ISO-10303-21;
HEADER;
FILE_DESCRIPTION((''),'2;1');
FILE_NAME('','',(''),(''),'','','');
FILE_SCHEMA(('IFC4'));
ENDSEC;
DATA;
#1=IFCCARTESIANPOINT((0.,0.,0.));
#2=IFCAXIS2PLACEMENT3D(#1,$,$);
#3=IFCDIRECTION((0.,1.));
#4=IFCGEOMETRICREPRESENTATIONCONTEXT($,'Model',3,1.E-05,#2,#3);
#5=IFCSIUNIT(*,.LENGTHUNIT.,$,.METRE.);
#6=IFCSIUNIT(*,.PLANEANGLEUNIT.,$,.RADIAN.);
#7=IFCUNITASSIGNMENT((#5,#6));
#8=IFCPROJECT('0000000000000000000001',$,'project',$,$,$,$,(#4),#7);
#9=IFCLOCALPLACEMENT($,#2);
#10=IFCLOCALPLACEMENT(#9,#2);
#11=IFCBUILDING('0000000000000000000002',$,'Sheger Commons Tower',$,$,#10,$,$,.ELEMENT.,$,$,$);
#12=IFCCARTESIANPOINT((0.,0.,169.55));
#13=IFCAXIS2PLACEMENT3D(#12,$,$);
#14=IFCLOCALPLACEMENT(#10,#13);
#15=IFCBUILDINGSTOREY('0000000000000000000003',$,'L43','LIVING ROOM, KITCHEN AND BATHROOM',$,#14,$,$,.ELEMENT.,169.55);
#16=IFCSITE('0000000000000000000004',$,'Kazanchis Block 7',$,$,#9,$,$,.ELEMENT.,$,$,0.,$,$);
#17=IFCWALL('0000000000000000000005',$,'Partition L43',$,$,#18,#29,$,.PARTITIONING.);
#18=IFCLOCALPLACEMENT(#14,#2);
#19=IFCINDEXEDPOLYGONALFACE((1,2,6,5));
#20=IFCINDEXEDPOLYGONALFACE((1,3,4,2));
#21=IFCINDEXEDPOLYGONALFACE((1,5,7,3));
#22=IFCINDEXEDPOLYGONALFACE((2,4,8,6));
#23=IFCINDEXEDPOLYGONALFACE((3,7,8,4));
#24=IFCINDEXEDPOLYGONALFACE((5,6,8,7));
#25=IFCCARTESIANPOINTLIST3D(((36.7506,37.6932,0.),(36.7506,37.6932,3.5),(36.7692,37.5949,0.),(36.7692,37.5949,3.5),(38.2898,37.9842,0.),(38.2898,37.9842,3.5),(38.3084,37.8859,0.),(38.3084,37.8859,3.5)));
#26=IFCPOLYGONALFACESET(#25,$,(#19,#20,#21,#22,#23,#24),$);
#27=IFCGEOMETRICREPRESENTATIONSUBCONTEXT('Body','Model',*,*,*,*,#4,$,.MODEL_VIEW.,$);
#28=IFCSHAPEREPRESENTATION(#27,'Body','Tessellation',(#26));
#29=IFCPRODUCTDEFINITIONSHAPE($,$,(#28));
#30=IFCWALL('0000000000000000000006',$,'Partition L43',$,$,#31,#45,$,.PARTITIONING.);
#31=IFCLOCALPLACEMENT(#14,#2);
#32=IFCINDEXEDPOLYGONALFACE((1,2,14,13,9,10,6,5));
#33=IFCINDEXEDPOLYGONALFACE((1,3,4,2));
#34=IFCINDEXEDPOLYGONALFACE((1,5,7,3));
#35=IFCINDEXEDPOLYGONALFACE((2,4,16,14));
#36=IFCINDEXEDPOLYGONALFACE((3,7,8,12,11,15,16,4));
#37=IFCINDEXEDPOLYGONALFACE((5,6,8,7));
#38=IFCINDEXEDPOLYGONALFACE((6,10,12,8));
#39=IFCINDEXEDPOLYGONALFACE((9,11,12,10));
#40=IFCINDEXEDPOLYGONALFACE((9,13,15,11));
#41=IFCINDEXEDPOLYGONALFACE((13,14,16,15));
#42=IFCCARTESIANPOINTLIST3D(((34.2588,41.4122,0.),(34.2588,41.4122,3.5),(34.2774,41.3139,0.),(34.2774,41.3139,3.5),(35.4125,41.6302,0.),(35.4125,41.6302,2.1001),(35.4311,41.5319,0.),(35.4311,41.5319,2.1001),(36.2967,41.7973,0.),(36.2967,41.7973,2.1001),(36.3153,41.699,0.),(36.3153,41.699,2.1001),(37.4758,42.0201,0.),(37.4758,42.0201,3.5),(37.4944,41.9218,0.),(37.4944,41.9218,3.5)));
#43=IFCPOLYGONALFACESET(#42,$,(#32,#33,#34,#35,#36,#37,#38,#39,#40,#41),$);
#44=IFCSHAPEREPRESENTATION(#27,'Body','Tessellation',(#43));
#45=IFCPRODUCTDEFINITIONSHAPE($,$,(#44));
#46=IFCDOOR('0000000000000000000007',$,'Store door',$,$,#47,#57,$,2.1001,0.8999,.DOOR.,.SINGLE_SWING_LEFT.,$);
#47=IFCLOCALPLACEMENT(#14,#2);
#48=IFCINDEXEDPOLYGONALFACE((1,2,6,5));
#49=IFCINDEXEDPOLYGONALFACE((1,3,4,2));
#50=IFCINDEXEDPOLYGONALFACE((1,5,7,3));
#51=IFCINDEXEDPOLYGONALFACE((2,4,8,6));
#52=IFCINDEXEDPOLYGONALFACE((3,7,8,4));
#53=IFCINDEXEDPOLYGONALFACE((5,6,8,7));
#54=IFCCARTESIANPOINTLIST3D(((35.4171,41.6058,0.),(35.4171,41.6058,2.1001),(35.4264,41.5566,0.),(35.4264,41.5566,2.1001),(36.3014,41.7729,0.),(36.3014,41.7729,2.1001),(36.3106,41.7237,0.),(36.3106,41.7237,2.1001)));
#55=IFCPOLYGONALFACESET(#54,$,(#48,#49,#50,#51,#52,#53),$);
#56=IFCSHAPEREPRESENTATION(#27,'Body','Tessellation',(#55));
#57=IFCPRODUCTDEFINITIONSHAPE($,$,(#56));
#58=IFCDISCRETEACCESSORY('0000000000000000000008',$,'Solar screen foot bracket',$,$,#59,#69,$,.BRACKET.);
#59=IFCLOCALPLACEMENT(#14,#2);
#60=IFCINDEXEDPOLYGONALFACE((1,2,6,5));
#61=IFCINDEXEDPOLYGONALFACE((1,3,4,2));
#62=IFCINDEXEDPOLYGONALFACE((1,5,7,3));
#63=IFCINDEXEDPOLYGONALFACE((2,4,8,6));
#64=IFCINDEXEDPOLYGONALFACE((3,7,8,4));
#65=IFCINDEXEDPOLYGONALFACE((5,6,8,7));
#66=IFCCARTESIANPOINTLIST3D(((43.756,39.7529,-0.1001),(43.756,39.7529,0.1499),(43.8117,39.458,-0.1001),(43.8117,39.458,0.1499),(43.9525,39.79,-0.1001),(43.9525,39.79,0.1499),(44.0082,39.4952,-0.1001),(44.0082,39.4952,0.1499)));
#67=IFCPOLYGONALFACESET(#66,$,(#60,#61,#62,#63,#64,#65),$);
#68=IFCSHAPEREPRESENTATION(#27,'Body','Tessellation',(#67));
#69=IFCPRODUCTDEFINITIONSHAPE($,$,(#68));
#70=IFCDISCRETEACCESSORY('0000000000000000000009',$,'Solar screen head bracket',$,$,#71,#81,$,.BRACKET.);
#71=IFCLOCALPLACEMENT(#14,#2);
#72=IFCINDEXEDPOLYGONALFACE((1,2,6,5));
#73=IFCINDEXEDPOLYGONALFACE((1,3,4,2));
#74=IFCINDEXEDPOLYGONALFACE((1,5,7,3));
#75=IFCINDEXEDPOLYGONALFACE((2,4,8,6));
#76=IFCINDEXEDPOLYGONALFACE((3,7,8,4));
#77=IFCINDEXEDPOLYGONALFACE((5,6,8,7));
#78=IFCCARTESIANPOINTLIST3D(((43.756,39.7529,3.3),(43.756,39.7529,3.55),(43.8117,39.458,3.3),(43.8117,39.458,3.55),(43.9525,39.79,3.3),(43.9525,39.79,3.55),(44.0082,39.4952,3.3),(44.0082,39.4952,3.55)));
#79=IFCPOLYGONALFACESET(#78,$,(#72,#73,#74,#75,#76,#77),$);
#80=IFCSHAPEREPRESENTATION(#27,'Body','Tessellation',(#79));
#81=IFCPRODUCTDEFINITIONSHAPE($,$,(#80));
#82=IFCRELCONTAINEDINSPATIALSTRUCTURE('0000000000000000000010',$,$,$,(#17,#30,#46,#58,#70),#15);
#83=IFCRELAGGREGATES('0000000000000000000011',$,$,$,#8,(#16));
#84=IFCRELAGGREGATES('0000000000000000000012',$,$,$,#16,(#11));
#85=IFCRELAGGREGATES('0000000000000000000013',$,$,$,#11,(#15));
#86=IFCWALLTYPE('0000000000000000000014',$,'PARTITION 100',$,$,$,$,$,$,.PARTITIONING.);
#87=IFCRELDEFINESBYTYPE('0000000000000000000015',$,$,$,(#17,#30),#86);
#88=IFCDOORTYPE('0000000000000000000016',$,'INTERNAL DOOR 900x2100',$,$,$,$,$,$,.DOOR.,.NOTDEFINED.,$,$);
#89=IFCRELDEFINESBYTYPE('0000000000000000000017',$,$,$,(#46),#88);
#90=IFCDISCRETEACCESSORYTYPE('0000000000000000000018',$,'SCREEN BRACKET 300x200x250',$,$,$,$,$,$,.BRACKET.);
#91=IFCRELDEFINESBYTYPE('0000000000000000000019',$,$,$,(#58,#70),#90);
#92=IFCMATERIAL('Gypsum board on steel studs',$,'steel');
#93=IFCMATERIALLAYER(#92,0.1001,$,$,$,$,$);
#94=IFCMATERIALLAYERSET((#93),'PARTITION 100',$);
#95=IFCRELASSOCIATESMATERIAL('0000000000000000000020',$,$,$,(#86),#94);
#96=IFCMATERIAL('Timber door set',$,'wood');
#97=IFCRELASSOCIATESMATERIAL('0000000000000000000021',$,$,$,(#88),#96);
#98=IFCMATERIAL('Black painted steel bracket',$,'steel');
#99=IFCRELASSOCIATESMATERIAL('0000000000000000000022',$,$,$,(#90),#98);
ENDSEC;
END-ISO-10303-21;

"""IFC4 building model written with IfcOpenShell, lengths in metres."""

from ifc_helpers import new_model, si_unit, direction, frame, frame_2d, origin, origin_2d, place, context, subcontext, project, spatial, rectangle, extrude, material, layer, layer_set, type_object, element, fill, save


model = new_model("IFC4")

# Units and contexts
model_context = context("Model", 3, precision=1e-05, world=origin(), true_north=direction((0.0, 1.0)))
body_context = subcontext(model_context, "Body", "Model", "MODEL_VIEW")
ifc_project = project(units=[si_unit("LENGTHUNIT", "METRE"), si_unit("PLANEANGLEUNIT", "RADIAN")], contexts=[model_context])

# Site, building, storey
site_placement = place(None, origin())
site = spatial("IfcSite", under=ifc_project, at=site_placement, Name="Kazanchis Block 7", CompositionType="ELEMENT", RefElevation=0.0)
building_placement = place(site_placement, origin())
building = spatial("IfcBuilding", under=site, at=building_placement, Name="Sheger Commons Tower", CompositionType="ELEMENT")
storey_placement = place(building_placement, frame((0.0, 0.0, 169.55)))
storey = spatial("IfcBuildingStorey", under=building, at=storey_placement, Name="L43", Description="LIVING ROOM, KITCHEN AND BATHROOM", CompositionType="ELEMENT", Elevation=169.55)

# Shared definitions
ifc_material_1 = material(Name="Gypsum board on steel studs", Category="steel")
ifc_layer_1 = layer(ifc_material_1, 0.1001)
ifc_layer_set_1 = layer_set([ifc_layer_1], Name="PARTITION 100")
wall_type = type_object("IfcWallType", Name="PARTITION 100", PredefinedType="PARTITIONING", material=ifc_layer_set_1)

# Shared definitions
ifc_material_2 = material(Name="Timber door set", Category="wood")
door_type = type_object("IfcDoorType", Name="INTERNAL DOOR 900x2100", OperationType="NOTDEFINED", PredefinedType="DOOR", material=ifc_material_2)

# Wall
wall_1_placement = place(storey_placement, frame((38.2991, 37.9351, 0.0), z_axis=(0.0, 0.0, 1.0), x_axis=(-0.982589, -0.185794, 0.0)))
element("IfcWall", 1, at=wall_1_placement, inside=storey, type_object=wall_type, Name="Partition L43", PredefinedType="PARTITIONING", context=body_context, shape_type="SweptSolid", body=[
    extrude(rectangle(XDim=1.5664, YDim=0.1001, at=frame_2d((0.7832, 0.0))), origin(), (0.0, 0.0, 1.0), 3.5),
])

# Wall, opening, door
wall_2_placement = place(storey_placement, frame((37.4851, 41.9709, 0.0), z_axis=(0.0, 0.0, 1.0), x_axis=(-0.98261, -0.18568, 0.0)))
wall_2 = element("IfcWall", 2, at=wall_2_placement, inside=storey, type_object=wall_type, Name="Partition L43", PredefinedType="PARTITIONING", context=body_context, shape_type="SweptSolid", body=[
    extrude(rectangle(XDim=3.2739, YDim=0.1001, at=frame_2d((1.637, 0.0))), origin(), (0.0, 0.0, 1.0), 3.5),
])
opening_1_placement = place(wall_2_placement, frame((1.2, 0.0, 0.0)))
opening_1 = element("IfcOpeningElement", 3, at=opening_1_placement, cuts=wall_2, PredefinedType="OPENING", context=body_context, shape_type="SweptSolid", body=[
    extrude(rectangle(XDim=0.8999, YDim=2.1001, at=frame_2d((0.45, 1.05))), frame((0.0, 0.0601, 0.0), z_axis=(0.0, -1.0, 0.0), x_axis=(1.0, 0.0, 0.0)), (0.0, 0.0, 1.0), 0.1201),
])
door_1_placement = place(opening_1_placement, origin())
door_1 = element("IfcDoor", 4, at=door_1_placement, inside=storey, type_object=door_type, Name="Store door", OperationType="SINGLE_SWING_LEFT", OverallHeight=2.1001, OverallWidth=0.8999, PredefinedType="DOOR", context=body_context, shape_type="SweptSolid", body=[
    extrude(rectangle(XDim=0.8999, YDim=2.1001, at=frame_2d((0.45, 1.05))), frame((0.0, 0.0249, 0.0), z_axis=(0.0, -1.0, 0.0), x_axis=(1.0, 0.0, 0.0)), (0.0, 0.0, 1.0), 0.05),
])
fill(opening_1, door_1)

# Discrete accessories
ifc_material_3 = material(Name="Black painted steel bracket", Category="steel")
discrete_accessory_type = type_object("IfcDiscreteAccessoryType", Name="SCREEN BRACKET 300x200x250", PredefinedType="BRACKET", material=ifc_material_3)
for number, where, z_axis, x_axis, name in (
    (5, (43.8821, 39.624, -0.1001), (0.0, 0.0, 1.0), (-0.185615, 0.982623, 0.0), "Solar screen foot bracket"),
    (6, (43.8821, 39.624, 3.3), (0.0, 0.0, 1.0), (-0.185615, 0.982623, 0.0), "Solar screen head bracket"),
):
    element("IfcDiscreteAccessory", number, at=place(storey_placement, frame(where, z_axis=z_axis, x_axis=x_axis)), inside=storey, type_object=discrete_accessory_type, Name=name, PredefinedType="BRACKET", context=body_context, shape_type="SweptSolid", body=[
        extrude(rectangle(XDim=0.3, YDim=0.2, at=origin_2d()), origin(), (0.0, 0.0, 1.0), 0.25),
    ])

save(model, "model.ifc")
